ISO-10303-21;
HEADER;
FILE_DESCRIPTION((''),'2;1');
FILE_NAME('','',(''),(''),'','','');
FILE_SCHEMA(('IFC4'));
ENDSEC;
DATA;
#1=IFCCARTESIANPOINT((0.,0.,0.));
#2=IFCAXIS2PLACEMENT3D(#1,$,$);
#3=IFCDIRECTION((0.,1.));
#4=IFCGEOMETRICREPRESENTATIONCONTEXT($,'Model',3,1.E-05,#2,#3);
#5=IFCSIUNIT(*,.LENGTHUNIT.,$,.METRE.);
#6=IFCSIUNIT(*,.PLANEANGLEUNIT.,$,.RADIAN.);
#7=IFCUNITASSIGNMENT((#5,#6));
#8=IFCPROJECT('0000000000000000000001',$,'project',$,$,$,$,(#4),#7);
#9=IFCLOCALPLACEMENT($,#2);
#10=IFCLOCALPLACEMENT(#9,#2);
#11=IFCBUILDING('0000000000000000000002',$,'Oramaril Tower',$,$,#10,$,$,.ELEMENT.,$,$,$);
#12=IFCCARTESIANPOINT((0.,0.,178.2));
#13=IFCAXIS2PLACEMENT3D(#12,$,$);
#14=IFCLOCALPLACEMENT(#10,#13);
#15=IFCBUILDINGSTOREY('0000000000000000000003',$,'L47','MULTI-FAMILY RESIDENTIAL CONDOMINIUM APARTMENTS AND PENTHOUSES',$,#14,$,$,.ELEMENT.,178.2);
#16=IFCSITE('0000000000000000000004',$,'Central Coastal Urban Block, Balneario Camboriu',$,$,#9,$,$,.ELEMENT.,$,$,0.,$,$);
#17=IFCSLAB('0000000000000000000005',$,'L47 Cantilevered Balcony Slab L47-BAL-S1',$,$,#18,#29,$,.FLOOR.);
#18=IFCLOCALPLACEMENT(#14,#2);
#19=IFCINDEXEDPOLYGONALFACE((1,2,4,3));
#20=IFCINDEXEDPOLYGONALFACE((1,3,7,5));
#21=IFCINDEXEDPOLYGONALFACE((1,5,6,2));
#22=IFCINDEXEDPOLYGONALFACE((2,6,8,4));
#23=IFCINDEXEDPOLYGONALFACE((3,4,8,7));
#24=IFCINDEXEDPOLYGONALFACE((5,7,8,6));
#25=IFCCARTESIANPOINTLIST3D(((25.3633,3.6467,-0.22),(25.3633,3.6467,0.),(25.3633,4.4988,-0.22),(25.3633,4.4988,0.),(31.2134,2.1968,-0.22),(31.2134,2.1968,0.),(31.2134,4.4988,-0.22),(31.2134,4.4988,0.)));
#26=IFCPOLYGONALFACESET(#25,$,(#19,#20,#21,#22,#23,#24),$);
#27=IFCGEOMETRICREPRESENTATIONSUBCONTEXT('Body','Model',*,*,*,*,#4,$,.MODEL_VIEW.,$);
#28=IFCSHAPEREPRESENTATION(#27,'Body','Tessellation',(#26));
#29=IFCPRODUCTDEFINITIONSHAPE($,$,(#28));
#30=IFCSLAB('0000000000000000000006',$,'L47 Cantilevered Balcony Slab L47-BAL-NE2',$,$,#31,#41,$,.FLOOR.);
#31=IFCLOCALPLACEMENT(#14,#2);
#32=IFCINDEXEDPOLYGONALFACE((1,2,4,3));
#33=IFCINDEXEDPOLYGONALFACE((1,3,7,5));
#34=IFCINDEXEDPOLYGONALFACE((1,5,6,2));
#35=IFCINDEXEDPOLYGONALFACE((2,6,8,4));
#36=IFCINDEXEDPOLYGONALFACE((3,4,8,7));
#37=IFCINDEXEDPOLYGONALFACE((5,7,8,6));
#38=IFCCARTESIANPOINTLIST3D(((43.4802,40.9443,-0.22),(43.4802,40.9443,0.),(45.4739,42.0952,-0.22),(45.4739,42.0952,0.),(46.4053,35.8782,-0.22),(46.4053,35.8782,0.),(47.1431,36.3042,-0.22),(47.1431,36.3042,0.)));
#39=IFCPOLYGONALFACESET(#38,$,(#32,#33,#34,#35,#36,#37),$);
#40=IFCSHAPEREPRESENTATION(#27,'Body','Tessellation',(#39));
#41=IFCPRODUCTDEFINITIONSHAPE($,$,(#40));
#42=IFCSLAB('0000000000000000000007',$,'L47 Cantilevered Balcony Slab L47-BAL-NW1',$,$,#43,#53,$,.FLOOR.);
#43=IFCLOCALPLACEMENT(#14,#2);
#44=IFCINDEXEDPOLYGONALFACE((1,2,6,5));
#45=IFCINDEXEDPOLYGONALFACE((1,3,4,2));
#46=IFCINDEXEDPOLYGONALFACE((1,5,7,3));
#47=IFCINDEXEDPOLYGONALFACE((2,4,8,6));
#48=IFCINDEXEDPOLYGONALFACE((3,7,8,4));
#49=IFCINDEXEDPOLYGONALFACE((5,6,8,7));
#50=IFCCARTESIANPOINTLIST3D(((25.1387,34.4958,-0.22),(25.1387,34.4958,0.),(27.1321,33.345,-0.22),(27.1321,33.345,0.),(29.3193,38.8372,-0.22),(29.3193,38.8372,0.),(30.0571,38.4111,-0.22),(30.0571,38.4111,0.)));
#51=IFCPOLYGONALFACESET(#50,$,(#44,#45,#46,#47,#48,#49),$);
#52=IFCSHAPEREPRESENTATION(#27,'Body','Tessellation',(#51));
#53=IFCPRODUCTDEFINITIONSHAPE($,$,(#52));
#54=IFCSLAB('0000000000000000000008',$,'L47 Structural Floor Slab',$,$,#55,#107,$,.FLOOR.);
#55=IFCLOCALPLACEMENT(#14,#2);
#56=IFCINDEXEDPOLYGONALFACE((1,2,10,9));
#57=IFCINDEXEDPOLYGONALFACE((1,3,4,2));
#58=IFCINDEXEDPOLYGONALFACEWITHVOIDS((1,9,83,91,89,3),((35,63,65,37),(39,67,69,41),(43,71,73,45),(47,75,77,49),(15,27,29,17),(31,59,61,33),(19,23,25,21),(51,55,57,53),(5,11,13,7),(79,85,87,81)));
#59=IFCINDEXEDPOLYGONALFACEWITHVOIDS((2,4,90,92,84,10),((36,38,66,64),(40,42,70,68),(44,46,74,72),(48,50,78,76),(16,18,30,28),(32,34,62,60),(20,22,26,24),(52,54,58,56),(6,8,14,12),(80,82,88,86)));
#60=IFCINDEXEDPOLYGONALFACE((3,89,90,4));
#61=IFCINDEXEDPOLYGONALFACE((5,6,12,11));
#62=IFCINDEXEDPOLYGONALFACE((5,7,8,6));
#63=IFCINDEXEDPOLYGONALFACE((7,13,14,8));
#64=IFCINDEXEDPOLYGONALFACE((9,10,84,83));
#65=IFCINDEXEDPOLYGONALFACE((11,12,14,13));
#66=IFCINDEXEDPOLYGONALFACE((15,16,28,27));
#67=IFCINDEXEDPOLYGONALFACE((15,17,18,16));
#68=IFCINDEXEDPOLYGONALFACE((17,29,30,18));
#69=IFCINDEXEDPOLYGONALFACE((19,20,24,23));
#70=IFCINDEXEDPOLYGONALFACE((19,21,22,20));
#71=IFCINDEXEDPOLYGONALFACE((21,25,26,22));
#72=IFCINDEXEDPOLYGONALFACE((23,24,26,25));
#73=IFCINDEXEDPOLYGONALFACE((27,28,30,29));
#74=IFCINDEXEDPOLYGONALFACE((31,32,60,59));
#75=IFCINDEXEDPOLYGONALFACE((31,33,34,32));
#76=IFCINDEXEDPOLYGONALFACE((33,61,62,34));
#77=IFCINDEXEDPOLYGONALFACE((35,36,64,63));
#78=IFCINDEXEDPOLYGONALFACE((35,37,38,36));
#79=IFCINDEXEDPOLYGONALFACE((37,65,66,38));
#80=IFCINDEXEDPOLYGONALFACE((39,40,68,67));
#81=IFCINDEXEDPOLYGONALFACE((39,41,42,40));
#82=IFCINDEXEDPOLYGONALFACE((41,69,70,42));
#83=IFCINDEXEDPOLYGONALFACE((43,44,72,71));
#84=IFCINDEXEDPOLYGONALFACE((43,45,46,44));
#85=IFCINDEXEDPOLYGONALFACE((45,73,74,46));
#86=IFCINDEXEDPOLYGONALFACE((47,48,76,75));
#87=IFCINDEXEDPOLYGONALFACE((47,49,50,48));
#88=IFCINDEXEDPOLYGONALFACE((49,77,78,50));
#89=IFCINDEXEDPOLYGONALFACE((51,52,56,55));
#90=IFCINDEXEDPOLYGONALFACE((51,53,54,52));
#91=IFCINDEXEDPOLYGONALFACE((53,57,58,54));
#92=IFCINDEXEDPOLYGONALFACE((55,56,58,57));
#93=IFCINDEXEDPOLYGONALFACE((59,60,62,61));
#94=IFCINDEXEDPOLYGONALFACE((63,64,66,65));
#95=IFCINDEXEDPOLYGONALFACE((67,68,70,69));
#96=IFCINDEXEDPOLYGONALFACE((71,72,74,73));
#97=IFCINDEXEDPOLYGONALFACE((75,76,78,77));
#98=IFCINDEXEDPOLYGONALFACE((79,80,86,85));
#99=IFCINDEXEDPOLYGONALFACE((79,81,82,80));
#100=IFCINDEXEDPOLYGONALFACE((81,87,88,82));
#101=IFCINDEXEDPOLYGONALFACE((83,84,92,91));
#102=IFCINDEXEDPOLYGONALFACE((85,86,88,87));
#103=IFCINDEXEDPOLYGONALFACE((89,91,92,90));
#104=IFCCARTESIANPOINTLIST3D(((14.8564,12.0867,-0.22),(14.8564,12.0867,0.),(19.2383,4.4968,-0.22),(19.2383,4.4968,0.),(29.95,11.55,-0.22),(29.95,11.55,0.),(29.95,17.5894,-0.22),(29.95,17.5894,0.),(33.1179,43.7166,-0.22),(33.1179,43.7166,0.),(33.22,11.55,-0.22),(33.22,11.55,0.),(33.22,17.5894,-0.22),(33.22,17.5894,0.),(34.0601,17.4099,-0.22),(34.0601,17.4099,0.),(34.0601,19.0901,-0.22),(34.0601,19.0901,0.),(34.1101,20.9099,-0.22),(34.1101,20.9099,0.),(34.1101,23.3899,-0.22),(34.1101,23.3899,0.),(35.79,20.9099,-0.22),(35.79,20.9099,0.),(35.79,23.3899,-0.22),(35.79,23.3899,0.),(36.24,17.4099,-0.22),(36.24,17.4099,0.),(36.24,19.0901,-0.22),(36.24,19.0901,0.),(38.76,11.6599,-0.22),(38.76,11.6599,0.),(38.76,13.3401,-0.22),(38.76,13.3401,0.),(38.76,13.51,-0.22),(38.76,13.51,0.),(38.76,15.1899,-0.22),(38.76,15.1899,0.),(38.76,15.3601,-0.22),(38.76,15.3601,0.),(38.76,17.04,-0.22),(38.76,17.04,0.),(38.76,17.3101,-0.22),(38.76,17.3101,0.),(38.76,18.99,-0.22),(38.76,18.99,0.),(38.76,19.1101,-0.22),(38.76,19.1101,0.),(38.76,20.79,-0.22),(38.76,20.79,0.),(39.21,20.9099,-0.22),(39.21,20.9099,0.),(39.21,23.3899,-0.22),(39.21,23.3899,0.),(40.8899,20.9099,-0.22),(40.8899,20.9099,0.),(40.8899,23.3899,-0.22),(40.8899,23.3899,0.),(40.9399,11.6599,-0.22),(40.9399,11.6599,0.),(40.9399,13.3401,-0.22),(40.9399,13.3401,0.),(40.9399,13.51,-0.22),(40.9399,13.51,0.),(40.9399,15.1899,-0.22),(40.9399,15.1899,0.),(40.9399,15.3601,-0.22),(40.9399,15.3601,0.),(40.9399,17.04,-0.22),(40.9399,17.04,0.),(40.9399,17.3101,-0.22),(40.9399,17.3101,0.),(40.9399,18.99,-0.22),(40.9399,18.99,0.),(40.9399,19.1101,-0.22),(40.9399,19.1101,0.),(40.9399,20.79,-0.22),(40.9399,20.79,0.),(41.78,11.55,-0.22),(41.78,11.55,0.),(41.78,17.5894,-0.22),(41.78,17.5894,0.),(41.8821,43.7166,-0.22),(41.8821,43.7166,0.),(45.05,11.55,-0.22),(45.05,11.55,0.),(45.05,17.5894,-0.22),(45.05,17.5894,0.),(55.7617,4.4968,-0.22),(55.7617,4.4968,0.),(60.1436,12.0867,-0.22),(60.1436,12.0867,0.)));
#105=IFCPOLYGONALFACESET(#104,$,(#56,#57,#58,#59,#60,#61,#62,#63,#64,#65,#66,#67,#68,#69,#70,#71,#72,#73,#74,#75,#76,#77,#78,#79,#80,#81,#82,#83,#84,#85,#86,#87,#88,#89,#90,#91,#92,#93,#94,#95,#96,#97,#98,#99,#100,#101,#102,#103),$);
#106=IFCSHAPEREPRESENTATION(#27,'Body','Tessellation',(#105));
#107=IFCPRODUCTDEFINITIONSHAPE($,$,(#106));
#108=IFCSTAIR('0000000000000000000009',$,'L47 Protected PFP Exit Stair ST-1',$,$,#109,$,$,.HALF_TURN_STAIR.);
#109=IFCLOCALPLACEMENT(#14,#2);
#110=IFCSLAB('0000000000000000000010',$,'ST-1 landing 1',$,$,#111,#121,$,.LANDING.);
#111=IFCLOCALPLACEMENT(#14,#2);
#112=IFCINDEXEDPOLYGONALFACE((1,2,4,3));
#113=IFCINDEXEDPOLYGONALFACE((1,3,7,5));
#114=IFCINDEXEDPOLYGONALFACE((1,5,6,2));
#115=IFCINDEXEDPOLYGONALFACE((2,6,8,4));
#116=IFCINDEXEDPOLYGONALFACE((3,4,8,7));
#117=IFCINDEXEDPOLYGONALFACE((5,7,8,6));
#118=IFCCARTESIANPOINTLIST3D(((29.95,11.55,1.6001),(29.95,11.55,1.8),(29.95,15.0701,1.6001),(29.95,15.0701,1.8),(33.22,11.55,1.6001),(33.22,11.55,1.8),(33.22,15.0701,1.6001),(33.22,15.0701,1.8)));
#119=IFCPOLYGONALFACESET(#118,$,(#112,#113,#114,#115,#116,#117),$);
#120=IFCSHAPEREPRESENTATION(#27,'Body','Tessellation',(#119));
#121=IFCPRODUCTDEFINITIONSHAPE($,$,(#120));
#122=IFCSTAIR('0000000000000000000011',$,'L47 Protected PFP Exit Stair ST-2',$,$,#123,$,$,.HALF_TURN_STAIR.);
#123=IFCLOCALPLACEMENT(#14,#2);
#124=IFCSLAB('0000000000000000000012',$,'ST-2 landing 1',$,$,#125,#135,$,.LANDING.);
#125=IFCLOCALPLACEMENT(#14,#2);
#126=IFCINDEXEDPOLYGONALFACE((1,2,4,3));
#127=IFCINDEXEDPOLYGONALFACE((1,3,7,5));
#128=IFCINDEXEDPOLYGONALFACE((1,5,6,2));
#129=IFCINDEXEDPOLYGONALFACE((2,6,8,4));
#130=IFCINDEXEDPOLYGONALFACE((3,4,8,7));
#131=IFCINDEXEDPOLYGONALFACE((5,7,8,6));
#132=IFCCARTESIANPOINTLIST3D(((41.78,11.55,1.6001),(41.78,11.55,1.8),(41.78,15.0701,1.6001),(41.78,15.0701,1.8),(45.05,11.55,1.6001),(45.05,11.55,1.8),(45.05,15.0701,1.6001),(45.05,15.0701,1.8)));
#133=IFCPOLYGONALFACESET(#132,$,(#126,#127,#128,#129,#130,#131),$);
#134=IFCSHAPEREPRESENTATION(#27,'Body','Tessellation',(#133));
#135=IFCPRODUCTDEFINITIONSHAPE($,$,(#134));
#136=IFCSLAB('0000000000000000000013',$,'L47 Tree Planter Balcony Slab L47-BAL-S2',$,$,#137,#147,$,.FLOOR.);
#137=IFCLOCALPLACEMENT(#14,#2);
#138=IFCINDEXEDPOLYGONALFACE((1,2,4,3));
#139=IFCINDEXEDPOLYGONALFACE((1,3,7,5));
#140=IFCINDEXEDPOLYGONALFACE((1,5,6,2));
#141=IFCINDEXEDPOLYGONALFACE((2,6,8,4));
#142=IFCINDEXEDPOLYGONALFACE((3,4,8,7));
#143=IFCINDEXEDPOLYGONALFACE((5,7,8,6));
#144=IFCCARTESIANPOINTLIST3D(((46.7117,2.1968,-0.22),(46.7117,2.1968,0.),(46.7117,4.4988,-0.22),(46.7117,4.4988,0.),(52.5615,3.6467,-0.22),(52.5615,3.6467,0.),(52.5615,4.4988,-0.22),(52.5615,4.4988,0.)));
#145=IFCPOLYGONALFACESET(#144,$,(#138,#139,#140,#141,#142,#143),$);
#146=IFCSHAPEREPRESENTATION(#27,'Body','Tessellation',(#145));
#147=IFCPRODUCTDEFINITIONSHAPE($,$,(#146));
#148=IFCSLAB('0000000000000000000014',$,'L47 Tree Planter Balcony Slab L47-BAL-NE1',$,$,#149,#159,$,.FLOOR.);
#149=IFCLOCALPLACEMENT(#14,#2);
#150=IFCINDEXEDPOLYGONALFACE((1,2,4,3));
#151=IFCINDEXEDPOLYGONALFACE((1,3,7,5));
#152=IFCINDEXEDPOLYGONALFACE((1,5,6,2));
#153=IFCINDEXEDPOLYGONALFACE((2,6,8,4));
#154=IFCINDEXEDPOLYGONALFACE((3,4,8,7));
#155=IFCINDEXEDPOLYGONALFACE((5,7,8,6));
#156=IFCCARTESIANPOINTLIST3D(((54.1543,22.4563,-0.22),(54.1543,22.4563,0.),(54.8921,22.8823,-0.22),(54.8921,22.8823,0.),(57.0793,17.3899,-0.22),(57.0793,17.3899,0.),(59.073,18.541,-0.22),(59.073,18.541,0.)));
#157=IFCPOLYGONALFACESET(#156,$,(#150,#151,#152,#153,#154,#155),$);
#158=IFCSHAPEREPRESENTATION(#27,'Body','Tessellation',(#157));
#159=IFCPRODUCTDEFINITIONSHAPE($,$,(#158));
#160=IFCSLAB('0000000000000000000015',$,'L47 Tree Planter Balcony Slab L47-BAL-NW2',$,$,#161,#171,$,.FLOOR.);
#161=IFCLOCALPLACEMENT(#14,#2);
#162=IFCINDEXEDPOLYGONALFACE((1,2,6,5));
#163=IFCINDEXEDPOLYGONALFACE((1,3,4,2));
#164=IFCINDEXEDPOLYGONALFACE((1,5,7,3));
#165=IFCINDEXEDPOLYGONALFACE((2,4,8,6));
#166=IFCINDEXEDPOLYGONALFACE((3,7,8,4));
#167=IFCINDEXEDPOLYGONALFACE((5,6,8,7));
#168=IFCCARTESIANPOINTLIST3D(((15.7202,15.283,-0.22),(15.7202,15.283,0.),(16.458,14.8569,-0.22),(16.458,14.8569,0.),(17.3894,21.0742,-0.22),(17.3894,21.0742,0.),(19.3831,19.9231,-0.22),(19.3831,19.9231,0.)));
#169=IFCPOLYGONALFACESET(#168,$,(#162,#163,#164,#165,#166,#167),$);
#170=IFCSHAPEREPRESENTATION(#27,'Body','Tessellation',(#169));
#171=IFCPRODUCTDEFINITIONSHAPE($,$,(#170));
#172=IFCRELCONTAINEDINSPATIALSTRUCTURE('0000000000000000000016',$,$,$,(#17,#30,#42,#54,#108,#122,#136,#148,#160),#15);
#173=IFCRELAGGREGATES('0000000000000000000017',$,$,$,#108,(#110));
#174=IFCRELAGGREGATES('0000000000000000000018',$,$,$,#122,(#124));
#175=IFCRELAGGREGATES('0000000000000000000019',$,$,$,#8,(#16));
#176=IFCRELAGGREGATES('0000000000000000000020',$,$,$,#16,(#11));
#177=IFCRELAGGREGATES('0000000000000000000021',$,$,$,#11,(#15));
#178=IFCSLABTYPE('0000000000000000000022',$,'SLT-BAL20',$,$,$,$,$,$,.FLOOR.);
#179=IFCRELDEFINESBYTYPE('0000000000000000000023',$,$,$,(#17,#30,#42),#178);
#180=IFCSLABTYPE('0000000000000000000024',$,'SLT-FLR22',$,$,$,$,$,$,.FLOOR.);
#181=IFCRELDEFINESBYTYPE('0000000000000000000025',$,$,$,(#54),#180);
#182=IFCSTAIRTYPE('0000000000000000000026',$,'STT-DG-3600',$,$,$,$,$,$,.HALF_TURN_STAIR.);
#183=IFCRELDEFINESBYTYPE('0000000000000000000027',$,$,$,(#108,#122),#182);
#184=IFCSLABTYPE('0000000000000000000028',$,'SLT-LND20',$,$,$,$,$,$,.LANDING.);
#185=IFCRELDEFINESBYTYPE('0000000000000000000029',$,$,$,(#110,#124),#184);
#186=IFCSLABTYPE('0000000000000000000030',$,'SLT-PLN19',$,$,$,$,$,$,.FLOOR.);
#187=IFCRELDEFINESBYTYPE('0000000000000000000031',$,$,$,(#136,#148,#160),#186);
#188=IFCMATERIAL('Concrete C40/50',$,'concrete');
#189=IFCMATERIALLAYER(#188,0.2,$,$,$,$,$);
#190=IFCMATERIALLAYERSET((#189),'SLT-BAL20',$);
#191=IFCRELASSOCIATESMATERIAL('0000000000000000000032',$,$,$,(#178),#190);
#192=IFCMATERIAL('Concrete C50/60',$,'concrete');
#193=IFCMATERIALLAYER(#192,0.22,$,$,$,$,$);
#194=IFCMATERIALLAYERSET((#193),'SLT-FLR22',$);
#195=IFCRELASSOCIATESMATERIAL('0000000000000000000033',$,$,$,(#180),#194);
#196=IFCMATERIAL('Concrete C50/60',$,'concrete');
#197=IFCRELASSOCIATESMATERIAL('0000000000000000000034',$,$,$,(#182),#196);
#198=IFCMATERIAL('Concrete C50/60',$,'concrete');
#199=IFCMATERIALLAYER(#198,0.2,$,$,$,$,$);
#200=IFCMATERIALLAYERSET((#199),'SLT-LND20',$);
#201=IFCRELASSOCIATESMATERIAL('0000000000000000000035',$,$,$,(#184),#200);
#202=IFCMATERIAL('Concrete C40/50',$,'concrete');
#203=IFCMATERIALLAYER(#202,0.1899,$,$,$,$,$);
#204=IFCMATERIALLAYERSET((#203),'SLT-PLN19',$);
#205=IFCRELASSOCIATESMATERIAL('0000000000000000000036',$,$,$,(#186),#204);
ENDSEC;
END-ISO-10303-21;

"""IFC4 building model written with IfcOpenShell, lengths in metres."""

from ifc_helpers import new_model, si_unit, direction, frame, origin, place, context, subcontext, project, spatial, polyline, outline, extrude, material, layer, layer_set, type_object, element, aggregate, save


model = new_model("IFC4")

# Units and contexts
model_context = context("Model", 3, precision=1e-05, world=origin(), true_north=direction((0.0, 1.0)))
body_context = subcontext(model_context, "Body", "Model", "MODEL_VIEW")
ifc_project = project(units=[si_unit("LENGTHUNIT", "METRE"), si_unit("PLANEANGLEUNIT", "RADIAN")], contexts=[model_context])

# Site, building, storey
site_placement = place(None, origin())
site = spatial("IfcSite", under=ifc_project, at=site_placement, Name="Central Coastal Urban Block, Balneario Camboriu", CompositionType="ELEMENT", RefElevation=0.0)
building_placement = place(site_placement, origin())
building = spatial("IfcBuilding", under=site, at=building_placement, Name="Oramaril Tower", CompositionType="ELEMENT")
storey_placement = place(building_placement, frame((0.0, 0.0, 178.2)))
storey = spatial("IfcBuildingStorey", under=building, at=storey_placement, Name="L47", Description="MULTI-FAMILY RESIDENTIAL CONDOMINIUM APARTMENTS AND PENTHOUSES", CompositionType="ELEMENT", Elevation=178.2)

# Slabs
ifc_material_1 = material(Name="Concrete C40/50", Category="concrete")
ifc_layer_1 = layer(ifc_material_1, 0.2)
ifc_layer_set_1 = layer_set([ifc_layer_1], Name="SLT-BAL20")
slab_type_1 = type_object("IfcSlabType", Name="SLT-BAL20", PredefinedType="FLOOR", material=ifc_layer_set_1)
slab_1_placement = place(storey_placement, frame((0.0, 0.0, -0.22)))
element("IfcSlab", 1, at=slab_1_placement, inside=storey, type_object=slab_type_1, Name="L47 Cantilevered Balcony Slab L47-BAL-S1", PredefinedType="FLOOR", context=body_context, shape_type="SweptSolid", body=[
    extrude(outline(polyline([(25.3633, 4.4988), (31.2134, 4.4988), (31.2134, 2.1968), (25.3633, 3.6467), (25.3633, 4.4988)])), origin(), (0.0, 0.0, 1.0), 0.22),
])
slab_2_placement = place(storey_placement, frame((0.0, 0.0, -0.22)))
element("IfcSlab", 2, at=slab_2_placement, inside=storey, type_object=slab_type_1, Name="L47 Cantilevered Balcony Slab L47-BAL-NE2", PredefinedType="FLOOR", context=body_context, shape_type="SweptSolid", body=[
    extrude(outline(polyline([(46.4053, 35.8782), (43.4802, 40.9443), (45.4739, 42.0952), (47.1431, 36.3042), (46.4053, 35.8782)])), origin(), (0.0, 0.0, 1.0), 0.22),
])
slab_3_placement = place(storey_placement, frame((0.0, 0.0, -0.22)))
element("IfcSlab", 3, at=slab_3_placement, inside=storey, type_object=slab_type_1, Name="L47 Cantilevered Balcony Slab L47-BAL-NW1", PredefinedType="FLOOR", context=body_context, shape_type="SweptSolid", body=[
    extrude(outline(polyline([(30.0571, 38.4111), (27.1321, 33.345), (25.1387, 34.4958), (29.3193, 38.8372), (30.0571, 38.4111)])), origin(), (0.0, 0.0, 1.0), 0.22),
])
ifc_material_2 = material(Name="Concrete C50/60", Category="concrete")
ifc_layer_2 = layer(ifc_material_2, 0.22)
ifc_layer_set_2 = layer_set([ifc_layer_2], Name="SLT-FLR22")
slab_type_2 = type_object("IfcSlabType", Name="SLT-FLR22", PredefinedType="FLOOR", material=ifc_layer_set_2)
slab_4_placement = place(storey_placement, frame((0.0, 0.0, -0.22)))
element("IfcSlab", 4, at=slab_4_placement, inside=storey, type_object=slab_type_2, Name="L47 Structural Floor Slab", PredefinedType="FLOOR", context=body_context, shape_type="SweptSolid", body=[
    extrude(outline(polyline([(14.8564, 12.0867), (19.2383, 4.4968), (55.7617, 4.4968), (60.1436, 12.0867), (41.8821, 43.7166), (33.1179, 43.7166), (14.8564, 12.0867)]), holes=[polyline([(29.95, 17.5894), (29.95, 11.55), (33.22, 11.55), (33.22, 17.5894), (29.95, 17.5894)]), polyline([(41.78, 17.5894), (41.78, 11.55), (45.05, 11.55), (45.05, 17.5894), (41.78, 17.5894)]), polyline([(34.1101, 20.9099), (35.79, 20.9099), (35.79, 23.3899), (34.1101, 23.3899), (34.1101, 20.9099)]), polyline([(39.21, 20.9099), (40.8899, 20.9099), (40.8899, 23.3899), (39.21, 23.3899), (39.21, 20.9099)]), polyline([(38.76, 11.6599), (40.9399, 11.6599), (40.9399, 13.3401), (38.76, 13.3401), (38.76, 11.6599)]), polyline([(38.76, 13.51), (40.9399, 13.51), (40.9399, 15.1899), (38.76, 15.1899), (38.76, 13.51)]), polyline([(38.76, 15.3601), (40.9399, 15.3601), (40.9399, 17.04), (38.76, 17.04), (38.76, 15.3601)]), polyline([(34.0601, 17.4099), (36.24, 17.4099), (36.24, 19.0901), (34.0601, 19.0901), (34.0601, 17.4099)]), polyline([(38.76, 17.3101), (40.9399, 17.3101), (40.9399, 18.99), (38.76, 18.99), (38.76, 17.3101)]), polyline([(38.76, 19.1101), (40.9399, 19.1101), (40.9399, 20.79), (38.76, 20.79), (38.76, 19.1101)])]), origin(), (0.0, 0.0, 1.0), 0.22),
])

# Stairs, slabs
ifc_material_3 = material(Name="Concrete C50/60", Category="concrete")
stair_type = type_object("IfcStairType", Name="STT-DG-3600", PredefinedType="HALF_TURN_STAIR", material=ifc_material_3)
stair_1_placement = place(storey_placement, origin())
stair_1 = element("IfcStair", 5, at=stair_1_placement, inside=storey, type_object=stair_type, Name="L47 Protected PFP Exit Stair ST-1", PredefinedType="HALF_TURN_STAIR")
ifc_material_4 = material(Name="Concrete C50/60", Category="concrete")
ifc_layer_3 = layer(ifc_material_4, 0.2)
ifc_layer_set_3 = layer_set([ifc_layer_3], Name="SLT-LND20")
slab_type_3 = type_object("IfcSlabType", Name="SLT-LND20", PredefinedType="LANDING", material=ifc_layer_set_3)
slab_5_placement = place(storey_placement, frame((0.0, 0.0, 1.6001)))
slab_5 = element("IfcSlab", 6, at=slab_5_placement, type_object=slab_type_3, Name="ST-1 landing 1", PredefinedType="LANDING", context=body_context, shape_type="SweptSolid", body=[
    extrude(outline(polyline([(29.95, 15.0701), (29.95, 11.55), (33.22, 11.55), (33.22, 15.0701), (29.95, 15.0701)])), origin(), (0.0, 0.0, 1.0), 0.2),
])
aggregate(stair_1, [slab_5])
stair_2_placement = place(storey_placement, origin())
stair_2 = element("IfcStair", 7, at=stair_2_placement, inside=storey, type_object=stair_type, Name="L47 Protected PFP Exit Stair ST-2", PredefinedType="HALF_TURN_STAIR")
slab_6_placement = place(storey_placement, frame((0.0, 0.0, 1.6001)))
slab_6 = element("IfcSlab", 8, at=slab_6_placement, type_object=slab_type_3, Name="ST-2 landing 1", PredefinedType="LANDING", context=body_context, shape_type="SweptSolid", body=[
    extrude(outline(polyline([(41.78, 15.0701), (41.78, 11.55), (45.05, 11.55), (45.05, 15.0701), (41.78, 15.0701)])), origin(), (0.0, 0.0, 1.0), 0.2),
])
aggregate(stair_2, [slab_6])

# Slabs
ifc_material_5 = material(Name="Concrete C40/50", Category="concrete")
ifc_layer_4 = layer(ifc_material_5, 0.1899)
ifc_layer_set_4 = layer_set([ifc_layer_4], Name="SLT-PLN19")
slab_type_4 = type_object("IfcSlabType", Name="SLT-PLN19", PredefinedType="FLOOR", material=ifc_layer_set_4)
slab_7_placement = place(storey_placement, frame((0.0, 0.0, -0.22)))
element("IfcSlab", 9, at=slab_7_placement, inside=storey, type_object=slab_type_4, Name="L47 Tree Planter Balcony Slab L47-BAL-S2", PredefinedType="FLOOR", context=body_context, shape_type="SweptSolid", body=[
    extrude(outline(polyline([(46.7117, 4.4988), (52.5615, 4.4988), (52.5615, 3.6467), (46.7117, 2.1968), (46.7117, 4.4988)])), origin(), (0.0, 0.0, 1.0), 0.22),
])
slab_8_placement = place(storey_placement, frame((0.0, 0.0, -0.22)))
element("IfcSlab", 10, at=slab_8_placement, inside=storey, type_object=slab_type_4, Name="L47 Tree Planter Balcony Slab L47-BAL-NE1", PredefinedType="FLOOR", context=body_context, shape_type="SweptSolid", body=[
    extrude(outline(polyline([(57.0793, 17.3899), (54.1543, 22.4563), (54.8921, 22.8823), (59.073, 18.541), (57.0793, 17.3899)])), origin(), (0.0, 0.0, 1.0), 0.22),
])
slab_9_placement = place(storey_placement, frame((0.0, 0.0, -0.22)))
element("IfcSlab", 11, at=slab_9_placement, inside=storey, type_object=slab_type_4, Name="L47 Tree Planter Balcony Slab L47-BAL-NW2", PredefinedType="FLOOR", context=body_context, shape_type="SweptSolid", body=[
    extrude(outline(polyline([(19.3831, 19.9231), (16.458, 14.8569), (15.7202, 15.283), (17.3894, 21.0742), (19.3831, 19.9231)])), origin(), (0.0, 0.0, 1.0), 0.22),
])

save(model, "model.ifc")
